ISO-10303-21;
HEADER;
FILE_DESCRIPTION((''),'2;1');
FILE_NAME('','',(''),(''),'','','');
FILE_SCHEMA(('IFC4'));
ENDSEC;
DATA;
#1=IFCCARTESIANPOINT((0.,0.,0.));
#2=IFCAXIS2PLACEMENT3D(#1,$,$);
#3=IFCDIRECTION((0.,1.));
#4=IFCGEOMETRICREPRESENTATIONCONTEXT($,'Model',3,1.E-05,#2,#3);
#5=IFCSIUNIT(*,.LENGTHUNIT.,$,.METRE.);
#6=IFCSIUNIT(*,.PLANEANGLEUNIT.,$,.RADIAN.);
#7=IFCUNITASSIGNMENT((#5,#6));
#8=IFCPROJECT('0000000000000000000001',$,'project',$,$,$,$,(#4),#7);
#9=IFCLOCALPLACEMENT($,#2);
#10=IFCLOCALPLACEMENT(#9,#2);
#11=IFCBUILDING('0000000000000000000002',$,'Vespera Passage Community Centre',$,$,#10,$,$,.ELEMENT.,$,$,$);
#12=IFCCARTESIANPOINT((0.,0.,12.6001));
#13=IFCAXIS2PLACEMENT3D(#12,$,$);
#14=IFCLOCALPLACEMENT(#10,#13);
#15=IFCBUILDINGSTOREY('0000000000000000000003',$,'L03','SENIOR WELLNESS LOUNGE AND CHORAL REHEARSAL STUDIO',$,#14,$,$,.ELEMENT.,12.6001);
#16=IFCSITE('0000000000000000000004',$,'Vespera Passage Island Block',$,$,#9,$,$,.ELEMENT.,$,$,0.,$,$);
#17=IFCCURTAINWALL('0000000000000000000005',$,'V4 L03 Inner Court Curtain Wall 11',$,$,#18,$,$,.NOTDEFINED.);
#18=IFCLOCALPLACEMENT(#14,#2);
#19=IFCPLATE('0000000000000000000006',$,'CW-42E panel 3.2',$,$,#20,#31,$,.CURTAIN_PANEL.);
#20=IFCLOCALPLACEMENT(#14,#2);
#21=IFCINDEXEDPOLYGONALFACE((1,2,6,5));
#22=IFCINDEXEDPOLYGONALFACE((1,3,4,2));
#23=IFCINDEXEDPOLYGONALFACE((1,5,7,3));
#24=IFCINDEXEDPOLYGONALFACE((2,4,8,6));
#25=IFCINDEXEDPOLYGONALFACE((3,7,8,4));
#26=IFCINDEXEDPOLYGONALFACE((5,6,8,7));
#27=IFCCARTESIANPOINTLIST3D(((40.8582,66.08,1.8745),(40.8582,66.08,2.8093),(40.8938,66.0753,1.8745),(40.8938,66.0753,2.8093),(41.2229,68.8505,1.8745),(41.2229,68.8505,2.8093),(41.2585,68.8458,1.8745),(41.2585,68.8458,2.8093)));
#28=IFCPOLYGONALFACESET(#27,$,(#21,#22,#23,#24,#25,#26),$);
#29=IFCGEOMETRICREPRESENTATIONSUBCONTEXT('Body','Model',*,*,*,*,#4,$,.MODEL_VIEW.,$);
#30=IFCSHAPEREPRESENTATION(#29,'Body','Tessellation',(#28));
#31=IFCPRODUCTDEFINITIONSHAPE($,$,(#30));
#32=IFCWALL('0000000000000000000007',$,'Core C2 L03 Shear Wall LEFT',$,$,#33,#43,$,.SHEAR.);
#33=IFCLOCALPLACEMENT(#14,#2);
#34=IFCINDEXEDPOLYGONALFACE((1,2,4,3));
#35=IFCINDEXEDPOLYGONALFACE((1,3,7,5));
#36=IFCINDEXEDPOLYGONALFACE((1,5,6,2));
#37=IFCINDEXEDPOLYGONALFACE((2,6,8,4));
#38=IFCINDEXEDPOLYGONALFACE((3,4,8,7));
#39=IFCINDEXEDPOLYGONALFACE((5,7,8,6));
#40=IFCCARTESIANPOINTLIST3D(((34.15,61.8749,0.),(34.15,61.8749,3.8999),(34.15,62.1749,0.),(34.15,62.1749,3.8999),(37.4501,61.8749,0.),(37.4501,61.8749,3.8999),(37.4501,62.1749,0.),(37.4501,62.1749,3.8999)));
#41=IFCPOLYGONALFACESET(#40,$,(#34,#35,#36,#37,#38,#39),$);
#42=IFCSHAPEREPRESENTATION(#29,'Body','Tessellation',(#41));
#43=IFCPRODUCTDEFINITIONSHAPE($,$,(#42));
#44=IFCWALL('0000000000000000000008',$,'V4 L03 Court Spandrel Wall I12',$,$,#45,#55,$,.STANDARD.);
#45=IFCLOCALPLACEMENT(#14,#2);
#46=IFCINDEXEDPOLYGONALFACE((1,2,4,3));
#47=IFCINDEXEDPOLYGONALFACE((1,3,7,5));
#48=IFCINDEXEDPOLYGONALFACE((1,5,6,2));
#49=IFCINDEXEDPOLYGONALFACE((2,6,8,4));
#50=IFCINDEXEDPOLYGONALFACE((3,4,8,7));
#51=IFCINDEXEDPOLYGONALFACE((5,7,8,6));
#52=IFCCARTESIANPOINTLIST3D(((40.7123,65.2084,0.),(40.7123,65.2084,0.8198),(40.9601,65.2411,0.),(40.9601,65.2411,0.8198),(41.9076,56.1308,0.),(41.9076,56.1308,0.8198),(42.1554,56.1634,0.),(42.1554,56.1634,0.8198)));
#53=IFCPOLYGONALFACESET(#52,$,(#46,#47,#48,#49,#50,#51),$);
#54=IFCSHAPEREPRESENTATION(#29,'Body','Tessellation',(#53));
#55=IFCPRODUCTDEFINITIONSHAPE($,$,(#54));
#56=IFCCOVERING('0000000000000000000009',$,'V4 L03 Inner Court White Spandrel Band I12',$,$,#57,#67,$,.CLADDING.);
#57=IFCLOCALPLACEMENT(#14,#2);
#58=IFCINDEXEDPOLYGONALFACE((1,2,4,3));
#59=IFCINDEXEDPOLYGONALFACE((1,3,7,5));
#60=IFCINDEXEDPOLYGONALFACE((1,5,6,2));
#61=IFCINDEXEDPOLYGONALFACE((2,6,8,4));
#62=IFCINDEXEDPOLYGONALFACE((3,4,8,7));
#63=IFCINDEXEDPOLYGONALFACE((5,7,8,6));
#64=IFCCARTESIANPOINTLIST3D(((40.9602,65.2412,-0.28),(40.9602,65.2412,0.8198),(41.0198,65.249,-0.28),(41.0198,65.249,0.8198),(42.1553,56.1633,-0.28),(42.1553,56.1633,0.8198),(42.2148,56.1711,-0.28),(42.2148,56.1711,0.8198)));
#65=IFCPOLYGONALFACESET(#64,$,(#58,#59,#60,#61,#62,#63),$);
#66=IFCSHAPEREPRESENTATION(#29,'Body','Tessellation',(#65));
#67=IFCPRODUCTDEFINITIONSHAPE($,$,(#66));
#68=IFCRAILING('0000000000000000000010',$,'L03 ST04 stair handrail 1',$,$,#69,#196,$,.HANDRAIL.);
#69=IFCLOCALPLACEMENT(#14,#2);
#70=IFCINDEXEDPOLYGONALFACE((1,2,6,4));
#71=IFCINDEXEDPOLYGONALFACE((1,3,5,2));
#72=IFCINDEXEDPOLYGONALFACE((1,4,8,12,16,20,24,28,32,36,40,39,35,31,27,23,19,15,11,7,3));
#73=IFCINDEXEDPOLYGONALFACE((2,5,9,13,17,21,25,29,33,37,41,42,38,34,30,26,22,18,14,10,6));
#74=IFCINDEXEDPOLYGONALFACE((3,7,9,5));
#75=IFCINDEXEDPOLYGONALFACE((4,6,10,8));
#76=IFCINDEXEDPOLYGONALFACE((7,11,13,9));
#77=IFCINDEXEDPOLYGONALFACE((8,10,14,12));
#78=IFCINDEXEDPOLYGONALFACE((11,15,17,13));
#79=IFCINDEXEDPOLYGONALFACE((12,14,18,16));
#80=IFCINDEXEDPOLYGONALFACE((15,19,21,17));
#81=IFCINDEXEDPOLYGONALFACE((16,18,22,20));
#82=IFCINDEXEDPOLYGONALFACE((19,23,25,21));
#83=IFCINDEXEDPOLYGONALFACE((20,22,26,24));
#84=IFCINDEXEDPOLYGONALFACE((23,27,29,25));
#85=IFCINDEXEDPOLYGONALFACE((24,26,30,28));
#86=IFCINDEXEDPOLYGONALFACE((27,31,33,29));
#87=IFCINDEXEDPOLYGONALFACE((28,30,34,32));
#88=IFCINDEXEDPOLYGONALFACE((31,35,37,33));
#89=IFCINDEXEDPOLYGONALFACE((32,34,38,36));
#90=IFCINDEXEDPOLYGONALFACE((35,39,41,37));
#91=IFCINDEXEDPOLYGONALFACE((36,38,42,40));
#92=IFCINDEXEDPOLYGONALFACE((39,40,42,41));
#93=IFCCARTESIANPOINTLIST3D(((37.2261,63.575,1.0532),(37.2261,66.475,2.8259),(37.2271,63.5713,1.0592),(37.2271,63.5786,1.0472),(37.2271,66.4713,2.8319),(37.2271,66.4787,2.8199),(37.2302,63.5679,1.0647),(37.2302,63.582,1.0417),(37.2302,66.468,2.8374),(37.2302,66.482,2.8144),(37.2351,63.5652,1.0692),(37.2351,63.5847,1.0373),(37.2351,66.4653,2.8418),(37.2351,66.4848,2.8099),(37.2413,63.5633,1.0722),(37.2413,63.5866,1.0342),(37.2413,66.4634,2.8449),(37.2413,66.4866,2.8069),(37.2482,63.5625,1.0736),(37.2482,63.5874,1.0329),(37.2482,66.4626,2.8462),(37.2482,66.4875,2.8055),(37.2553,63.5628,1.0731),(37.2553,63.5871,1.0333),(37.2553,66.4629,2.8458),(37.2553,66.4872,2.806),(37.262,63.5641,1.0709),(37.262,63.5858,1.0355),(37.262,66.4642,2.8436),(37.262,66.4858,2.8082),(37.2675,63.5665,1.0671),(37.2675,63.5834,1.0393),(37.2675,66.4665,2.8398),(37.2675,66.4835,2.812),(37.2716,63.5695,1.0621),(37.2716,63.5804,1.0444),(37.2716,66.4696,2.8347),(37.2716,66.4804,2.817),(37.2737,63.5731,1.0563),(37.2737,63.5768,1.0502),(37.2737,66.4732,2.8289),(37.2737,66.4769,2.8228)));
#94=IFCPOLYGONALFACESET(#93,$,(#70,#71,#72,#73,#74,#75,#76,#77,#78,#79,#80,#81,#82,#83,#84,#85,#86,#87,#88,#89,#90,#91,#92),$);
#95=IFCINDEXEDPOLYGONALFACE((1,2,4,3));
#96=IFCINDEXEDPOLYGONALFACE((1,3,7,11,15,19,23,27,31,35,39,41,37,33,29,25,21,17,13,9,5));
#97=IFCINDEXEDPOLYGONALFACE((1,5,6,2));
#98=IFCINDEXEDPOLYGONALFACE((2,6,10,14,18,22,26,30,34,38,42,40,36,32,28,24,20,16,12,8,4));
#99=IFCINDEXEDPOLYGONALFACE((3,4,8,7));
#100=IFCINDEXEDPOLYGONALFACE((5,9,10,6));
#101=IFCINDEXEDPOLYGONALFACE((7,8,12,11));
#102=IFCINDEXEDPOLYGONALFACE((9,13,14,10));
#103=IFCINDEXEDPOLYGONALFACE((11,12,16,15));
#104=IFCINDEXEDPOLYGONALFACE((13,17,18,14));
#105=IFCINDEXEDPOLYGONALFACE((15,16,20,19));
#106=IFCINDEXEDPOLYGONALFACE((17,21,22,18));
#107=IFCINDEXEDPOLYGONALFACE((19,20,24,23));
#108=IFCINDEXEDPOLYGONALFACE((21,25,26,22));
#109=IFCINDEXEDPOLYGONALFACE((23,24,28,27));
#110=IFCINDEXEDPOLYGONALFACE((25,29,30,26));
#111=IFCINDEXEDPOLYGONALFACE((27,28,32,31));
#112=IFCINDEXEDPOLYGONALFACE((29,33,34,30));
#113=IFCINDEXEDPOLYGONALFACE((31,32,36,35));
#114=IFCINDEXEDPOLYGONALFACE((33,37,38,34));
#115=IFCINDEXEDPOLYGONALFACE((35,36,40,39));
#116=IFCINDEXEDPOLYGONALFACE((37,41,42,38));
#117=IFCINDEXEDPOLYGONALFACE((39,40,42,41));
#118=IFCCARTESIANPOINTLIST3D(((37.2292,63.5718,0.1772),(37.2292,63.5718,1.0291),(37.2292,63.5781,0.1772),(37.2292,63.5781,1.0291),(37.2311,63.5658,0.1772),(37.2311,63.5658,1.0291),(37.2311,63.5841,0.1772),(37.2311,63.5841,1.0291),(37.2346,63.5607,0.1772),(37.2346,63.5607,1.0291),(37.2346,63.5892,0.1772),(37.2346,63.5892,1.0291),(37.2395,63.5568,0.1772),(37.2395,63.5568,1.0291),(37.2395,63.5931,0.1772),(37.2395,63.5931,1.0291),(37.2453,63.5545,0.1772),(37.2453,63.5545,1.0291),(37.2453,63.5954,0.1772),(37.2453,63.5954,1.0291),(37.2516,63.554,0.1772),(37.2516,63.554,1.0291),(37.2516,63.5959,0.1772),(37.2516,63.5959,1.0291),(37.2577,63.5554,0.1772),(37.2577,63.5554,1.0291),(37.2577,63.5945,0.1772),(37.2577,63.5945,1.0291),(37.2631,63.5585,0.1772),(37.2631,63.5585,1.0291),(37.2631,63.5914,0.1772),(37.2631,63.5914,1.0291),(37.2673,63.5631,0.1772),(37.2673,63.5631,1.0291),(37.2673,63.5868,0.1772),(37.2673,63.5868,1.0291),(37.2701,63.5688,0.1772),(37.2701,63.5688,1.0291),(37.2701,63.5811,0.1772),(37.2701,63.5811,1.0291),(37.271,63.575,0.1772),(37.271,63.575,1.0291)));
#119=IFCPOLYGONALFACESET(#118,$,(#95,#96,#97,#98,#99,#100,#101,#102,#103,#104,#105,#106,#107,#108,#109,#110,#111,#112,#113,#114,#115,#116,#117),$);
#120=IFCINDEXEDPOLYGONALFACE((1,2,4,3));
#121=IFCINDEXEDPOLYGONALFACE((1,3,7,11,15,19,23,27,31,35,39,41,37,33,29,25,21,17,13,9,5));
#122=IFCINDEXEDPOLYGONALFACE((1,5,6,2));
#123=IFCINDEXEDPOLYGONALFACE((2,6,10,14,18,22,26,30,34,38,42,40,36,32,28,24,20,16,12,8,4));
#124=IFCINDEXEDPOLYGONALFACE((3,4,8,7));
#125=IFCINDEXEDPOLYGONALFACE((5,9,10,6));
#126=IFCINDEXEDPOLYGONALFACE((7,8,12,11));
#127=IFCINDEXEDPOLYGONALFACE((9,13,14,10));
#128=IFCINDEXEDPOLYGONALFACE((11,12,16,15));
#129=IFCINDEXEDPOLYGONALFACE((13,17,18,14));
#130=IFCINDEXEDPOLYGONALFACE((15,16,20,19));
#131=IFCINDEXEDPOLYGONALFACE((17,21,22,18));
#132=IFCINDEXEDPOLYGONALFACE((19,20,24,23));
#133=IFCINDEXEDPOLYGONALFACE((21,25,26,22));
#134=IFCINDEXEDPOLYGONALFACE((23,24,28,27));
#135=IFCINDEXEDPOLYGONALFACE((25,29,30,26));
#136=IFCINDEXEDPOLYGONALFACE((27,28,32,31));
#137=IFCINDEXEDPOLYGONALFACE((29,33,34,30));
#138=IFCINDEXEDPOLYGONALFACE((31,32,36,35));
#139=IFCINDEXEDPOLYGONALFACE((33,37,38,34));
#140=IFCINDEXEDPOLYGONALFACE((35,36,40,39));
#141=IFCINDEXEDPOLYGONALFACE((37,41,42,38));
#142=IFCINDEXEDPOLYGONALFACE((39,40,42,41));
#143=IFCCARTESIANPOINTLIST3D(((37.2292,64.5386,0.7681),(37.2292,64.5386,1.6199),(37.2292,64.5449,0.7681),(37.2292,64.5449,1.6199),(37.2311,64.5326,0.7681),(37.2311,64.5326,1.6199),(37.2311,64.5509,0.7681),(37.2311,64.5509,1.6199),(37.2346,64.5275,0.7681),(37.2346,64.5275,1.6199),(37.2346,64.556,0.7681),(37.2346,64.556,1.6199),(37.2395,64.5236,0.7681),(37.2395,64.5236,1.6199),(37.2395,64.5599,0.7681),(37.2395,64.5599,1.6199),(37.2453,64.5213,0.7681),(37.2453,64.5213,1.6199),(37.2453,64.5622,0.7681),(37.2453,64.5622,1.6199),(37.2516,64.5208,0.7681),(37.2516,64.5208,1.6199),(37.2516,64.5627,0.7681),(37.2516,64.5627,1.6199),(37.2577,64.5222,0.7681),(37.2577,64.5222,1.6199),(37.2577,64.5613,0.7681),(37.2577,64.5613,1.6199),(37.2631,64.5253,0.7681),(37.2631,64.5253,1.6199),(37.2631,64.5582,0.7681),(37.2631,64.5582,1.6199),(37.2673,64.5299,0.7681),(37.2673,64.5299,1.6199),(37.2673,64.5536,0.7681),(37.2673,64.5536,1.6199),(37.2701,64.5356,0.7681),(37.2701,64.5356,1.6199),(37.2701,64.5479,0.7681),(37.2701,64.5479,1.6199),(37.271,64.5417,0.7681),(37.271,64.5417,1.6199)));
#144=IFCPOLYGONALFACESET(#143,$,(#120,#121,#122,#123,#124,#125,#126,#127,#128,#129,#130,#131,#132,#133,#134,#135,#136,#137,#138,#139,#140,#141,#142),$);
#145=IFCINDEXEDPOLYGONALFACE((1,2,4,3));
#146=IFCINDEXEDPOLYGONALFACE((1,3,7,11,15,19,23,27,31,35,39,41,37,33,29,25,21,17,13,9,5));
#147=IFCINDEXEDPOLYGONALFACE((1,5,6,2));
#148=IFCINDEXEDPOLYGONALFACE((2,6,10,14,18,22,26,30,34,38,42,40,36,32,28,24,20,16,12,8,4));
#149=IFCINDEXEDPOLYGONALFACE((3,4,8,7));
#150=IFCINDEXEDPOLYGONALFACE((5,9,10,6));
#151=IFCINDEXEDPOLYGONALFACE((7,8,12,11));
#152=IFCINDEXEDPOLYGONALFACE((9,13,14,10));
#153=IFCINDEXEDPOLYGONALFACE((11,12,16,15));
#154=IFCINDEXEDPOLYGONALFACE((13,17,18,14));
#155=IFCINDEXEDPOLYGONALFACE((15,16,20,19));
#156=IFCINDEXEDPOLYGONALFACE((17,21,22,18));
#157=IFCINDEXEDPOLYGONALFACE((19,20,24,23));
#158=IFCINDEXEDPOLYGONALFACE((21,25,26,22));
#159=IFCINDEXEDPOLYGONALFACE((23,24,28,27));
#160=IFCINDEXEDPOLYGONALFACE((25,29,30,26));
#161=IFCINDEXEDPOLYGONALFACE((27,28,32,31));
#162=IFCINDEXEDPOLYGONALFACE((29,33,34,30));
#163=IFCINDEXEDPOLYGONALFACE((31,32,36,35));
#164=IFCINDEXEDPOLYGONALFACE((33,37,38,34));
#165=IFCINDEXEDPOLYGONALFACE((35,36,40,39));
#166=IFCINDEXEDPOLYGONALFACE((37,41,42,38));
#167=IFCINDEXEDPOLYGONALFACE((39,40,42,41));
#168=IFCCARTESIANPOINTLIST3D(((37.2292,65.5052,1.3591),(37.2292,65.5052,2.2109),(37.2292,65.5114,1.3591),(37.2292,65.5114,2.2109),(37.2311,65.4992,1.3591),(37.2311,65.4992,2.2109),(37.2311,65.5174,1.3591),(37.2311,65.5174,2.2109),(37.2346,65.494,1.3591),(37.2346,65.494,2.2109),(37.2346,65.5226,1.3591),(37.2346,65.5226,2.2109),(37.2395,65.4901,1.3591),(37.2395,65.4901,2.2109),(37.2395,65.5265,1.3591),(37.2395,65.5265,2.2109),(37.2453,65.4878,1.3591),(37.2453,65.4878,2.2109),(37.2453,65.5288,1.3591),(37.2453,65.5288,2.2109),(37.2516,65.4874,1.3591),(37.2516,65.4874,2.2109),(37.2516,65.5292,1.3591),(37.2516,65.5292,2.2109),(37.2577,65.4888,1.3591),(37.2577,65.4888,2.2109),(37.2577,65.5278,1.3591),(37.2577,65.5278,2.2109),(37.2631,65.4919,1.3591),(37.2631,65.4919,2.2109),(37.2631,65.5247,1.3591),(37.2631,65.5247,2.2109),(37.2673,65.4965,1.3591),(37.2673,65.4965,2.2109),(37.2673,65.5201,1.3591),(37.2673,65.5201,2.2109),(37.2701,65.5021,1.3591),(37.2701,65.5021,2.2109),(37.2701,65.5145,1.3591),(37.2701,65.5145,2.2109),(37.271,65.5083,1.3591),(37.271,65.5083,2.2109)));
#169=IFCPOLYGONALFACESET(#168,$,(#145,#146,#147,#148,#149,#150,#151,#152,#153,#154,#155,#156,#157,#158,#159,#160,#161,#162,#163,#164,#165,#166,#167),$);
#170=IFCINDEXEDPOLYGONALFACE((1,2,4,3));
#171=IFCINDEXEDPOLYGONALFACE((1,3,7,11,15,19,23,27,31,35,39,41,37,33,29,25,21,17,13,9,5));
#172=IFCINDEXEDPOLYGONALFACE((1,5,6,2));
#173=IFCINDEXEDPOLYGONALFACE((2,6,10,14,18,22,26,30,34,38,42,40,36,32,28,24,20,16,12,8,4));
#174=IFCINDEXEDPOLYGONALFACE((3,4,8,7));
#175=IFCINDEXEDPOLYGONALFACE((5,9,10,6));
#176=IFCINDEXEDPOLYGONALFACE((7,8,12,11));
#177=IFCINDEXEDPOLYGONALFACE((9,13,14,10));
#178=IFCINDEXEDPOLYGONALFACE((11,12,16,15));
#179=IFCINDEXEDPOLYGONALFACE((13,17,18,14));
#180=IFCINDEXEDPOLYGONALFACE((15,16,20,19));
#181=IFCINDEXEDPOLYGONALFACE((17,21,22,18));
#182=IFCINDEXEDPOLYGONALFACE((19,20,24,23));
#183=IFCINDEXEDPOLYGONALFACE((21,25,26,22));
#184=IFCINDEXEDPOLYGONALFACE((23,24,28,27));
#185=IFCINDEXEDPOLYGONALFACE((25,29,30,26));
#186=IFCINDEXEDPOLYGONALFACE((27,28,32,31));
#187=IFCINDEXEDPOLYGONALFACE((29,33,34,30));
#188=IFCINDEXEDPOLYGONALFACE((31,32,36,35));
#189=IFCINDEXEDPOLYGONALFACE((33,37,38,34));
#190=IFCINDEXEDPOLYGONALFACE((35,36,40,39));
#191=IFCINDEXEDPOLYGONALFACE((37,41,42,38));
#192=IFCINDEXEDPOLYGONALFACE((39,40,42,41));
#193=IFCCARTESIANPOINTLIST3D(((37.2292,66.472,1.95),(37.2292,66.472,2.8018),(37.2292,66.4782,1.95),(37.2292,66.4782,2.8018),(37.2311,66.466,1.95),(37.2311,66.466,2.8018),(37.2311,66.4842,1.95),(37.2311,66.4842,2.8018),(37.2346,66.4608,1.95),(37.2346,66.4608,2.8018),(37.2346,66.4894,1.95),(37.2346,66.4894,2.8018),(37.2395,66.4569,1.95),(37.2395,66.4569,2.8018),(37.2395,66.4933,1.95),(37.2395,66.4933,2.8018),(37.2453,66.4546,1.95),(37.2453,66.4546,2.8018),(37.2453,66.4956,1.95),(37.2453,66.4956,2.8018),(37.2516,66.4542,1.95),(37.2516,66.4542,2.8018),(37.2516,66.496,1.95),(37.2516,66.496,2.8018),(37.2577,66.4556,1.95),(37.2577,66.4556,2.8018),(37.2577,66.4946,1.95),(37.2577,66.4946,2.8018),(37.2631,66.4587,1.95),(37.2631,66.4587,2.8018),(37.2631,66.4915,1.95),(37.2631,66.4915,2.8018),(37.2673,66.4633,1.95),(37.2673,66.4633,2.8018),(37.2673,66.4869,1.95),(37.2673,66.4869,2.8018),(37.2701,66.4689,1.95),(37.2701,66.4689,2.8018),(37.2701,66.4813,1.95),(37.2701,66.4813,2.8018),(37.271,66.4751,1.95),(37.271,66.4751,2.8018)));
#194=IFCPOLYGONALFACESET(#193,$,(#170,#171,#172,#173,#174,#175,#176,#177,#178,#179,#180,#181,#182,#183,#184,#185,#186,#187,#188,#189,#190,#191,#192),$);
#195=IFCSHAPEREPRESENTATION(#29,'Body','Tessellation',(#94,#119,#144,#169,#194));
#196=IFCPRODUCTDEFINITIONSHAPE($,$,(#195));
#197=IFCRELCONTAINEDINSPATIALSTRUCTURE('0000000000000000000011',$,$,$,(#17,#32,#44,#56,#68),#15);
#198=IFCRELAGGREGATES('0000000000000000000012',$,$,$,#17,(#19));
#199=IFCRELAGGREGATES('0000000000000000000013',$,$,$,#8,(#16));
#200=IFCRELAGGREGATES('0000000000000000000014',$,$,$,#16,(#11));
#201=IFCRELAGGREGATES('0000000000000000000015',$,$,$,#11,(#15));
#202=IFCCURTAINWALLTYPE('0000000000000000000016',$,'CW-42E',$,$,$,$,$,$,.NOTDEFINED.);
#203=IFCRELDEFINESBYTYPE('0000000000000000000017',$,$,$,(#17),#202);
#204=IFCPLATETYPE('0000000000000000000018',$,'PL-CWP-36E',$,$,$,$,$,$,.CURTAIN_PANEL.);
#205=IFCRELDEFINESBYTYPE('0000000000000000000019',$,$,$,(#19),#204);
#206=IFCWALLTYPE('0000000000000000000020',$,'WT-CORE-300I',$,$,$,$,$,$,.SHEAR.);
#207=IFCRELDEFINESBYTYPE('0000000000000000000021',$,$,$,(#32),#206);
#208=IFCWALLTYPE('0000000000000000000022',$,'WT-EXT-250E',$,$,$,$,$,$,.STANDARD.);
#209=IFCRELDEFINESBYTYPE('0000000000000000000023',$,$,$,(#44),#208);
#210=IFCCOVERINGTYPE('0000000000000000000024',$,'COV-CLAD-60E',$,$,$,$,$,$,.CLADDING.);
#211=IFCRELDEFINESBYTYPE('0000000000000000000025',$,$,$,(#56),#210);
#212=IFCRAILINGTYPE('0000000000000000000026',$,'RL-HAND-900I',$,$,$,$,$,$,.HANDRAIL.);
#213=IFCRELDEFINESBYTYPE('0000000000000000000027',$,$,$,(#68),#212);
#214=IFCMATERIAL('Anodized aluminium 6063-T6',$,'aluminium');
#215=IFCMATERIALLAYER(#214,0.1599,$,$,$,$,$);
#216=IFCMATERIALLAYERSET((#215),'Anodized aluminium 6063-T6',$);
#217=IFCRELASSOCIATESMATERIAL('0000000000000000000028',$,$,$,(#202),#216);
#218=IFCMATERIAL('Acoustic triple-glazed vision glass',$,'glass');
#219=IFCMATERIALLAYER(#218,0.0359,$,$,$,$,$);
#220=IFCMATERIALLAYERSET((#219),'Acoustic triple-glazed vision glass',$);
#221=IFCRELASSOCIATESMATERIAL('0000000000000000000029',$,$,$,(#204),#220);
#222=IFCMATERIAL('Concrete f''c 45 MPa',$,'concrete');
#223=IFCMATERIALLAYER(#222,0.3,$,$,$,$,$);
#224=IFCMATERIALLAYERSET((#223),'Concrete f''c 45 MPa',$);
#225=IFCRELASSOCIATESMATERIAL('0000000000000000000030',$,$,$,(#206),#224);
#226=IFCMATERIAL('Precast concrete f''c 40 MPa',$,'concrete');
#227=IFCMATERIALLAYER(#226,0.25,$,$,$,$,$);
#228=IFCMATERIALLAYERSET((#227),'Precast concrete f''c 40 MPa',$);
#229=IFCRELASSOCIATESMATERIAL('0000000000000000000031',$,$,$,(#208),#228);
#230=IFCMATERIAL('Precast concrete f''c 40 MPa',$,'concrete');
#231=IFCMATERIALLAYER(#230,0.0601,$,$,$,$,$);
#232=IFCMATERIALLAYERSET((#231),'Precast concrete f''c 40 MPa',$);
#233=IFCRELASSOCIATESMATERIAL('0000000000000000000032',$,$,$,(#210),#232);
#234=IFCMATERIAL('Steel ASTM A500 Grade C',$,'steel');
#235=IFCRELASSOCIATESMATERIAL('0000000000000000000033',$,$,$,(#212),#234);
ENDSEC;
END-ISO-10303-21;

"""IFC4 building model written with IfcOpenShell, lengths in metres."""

from ifc_helpers import new_model, si_unit, direction, frame, frame_2d, origin, origin_2d, place, context, subcontext, project, spatial, rectangle, circle, extrude, material, layer, layer_set, type_object, element, aggregate, save


model = new_model("IFC4")

# Units and contexts
model_context = context("Model", 3, precision=1e-05, world=origin(), true_north=direction((0.0, 1.0)))
body_context = subcontext(model_context, "Body", "Model", "MODEL_VIEW")
ifc_project = project(units=[si_unit("LENGTHUNIT", "METRE"), si_unit("PLANEANGLEUNIT", "RADIAN")], contexts=[model_context])

# Site, building, storey
site_placement = place(None, origin())
site = spatial("IfcSite", under=ifc_project, at=site_placement, Name="Vespera Passage Island Block", CompositionType="ELEMENT", RefElevation=0.0)
building_placement = place(site_placement, origin())
building = spatial("IfcBuilding", under=site, at=building_placement, Name="Vespera Passage Community Centre", CompositionType="ELEMENT")
storey_placement = place(building_placement, frame((0.0, 0.0, 12.6001)))
storey = spatial("IfcBuildingStorey", under=building, at=storey_placement, Name="L03", Description="SENIOR WELLNESS LOUNGE AND CHORAL REHEARSAL STUDIO", CompositionType="ELEMENT", Elevation=12.6001)

# Curtain wall
ifc_material_1 = material(Name="Anodized aluminium 6063-T6", Category="aluminium")
ifc_layer_1 = layer(ifc_material_1, 0.1599)
ifc_layer_set_1 = layer_set([ifc_layer_1], Name="Anodized aluminium 6063-T6")
curtain_wall_type_1 = type_object("IfcCurtainWallType", Name="CW-42E", PredefinedType="NOTDEFINED", material=ifc_layer_set_1)
curtain_wall_1_placement = place(storey_placement, origin())
curtain_wall_1 = element("IfcCurtainWall", 1, at=curtain_wall_1_placement, inside=storey, type_object=curtain_wall_type_1, Name="V4 L03 Inner Court Curtain Wall 11", PredefinedType="NOTDEFINED")

# Plate
ifc_material_2 = material(Name="Acoustic triple-glazed vision glass", Category="glass")
ifc_layer_2 = layer(ifc_material_2, 0.0359)
ifc_layer_set_2 = layer_set([ifc_layer_2], Name="Acoustic triple-glazed vision glass")
plate_type_1 = type_object("IfcPlateType", Name="PL-CWP-36E", PredefinedType="CURTAIN_PANEL", material=ifc_layer_set_2)
plate_1_placement = place(storey_placement, frame((41.0583, 67.4629, 1.8745), z_axis=(0.0, 0.0, 1.0), x_axis=(-0.130522, -0.991445, 0.0)))
plate_1 = element("IfcPlate", 2, at=plate_1_placement, type_object=plate_type_1, Name="CW-42E panel 3.2", PredefinedType="CURTAIN_PANEL", context=body_context, shape_type="SweptSolid", body=[
    extrude(rectangle(XDim=2.7944, YDim=0.0359, at=origin_2d()), origin(), (0.0, 0.0, 1.0), 0.9348),
])
aggregate(curtain_wall_1, [plate_1])

# Shared definitions
ifc_material_3 = material(Name="Concrete f'c 45 MPa", Category="concrete")
ifc_layer_3 = layer(ifc_material_3, 0.3)
ifc_layer_set_3 = layer_set([ifc_layer_3], Name="Concrete f'c 45 MPa")
wall_type_1 = type_object("IfcWallType", Name="WT-CORE-300I", PredefinedType="SHEAR", material=ifc_layer_set_3)

# Walls
wall_1_placement = place(storey_placement, frame((37.45, 62.0249, 0.0), z_axis=(0.0, 0.0, 1.0), x_axis=(-1.0, 0.0, 0.0)))
element("IfcWall", 3, at=wall_1_placement, inside=storey, type_object=wall_type_1, Name="Core C2 L03 Shear Wall LEFT", PredefinedType="SHEAR", context=body_context, shape_type="SweptSolid", body=[
    extrude(rectangle(XDim=3.3, YDim=0.3, at=frame_2d((1.6499, 0.0))), origin(), (0.0, 0.0, 1.0), 3.8999),
])
ifc_material_4 = material(Name="Precast concrete f'c 40 MPa", Category="concrete")
ifc_layer_4 = layer(ifc_material_4, 0.25)
ifc_layer_set_4 = layer_set([ifc_layer_4], Name="Precast concrete f'c 40 MPa")
wall_type_2 = type_object("IfcWallType", Name="WT-EXT-250E", PredefinedType="STANDARD", material=ifc_layer_set_4)
wall_2_placement = place(storey_placement, frame((40.8362, 65.2249, 0.0), z_axis=(0.0, 0.0, 1.0), x_axis=(0.13055, -0.991442, 0.0)))
element("IfcWall", 4, at=wall_2_placement, inside=storey, type_object=wall_type_2, Name="V4 L03 Court Spandrel Wall I12", PredefinedType="STANDARD", context=body_context, shape_type="SweptSolid", body=[
    extrude(rectangle(XDim=9.156, YDim=0.25, at=frame_2d((4.5781, 0.0))), origin(), (0.0, 0.0, 1.0), 0.8198),
])

# Covering
ifc_material_5 = material(Name="Precast concrete f'c 40 MPa", Category="concrete")
ifc_layer_5 = layer(ifc_material_5, 0.0601)
ifc_layer_set_5 = layer_set([ifc_layer_5], Name="Precast concrete f'c 40 MPa")
covering_type = type_object("IfcCoveringType", Name="COV-CLAD-60E", PredefinedType="CLADDING", material=ifc_layer_set_5)
covering_placement = place(storey_placement, frame((40.99, 65.2451, -0.28), z_axis=(0.0, 0.0, 1.0), x_axis=(0.13052, -0.991446, 0.0)))
element("IfcCovering", 5, at=covering_placement, inside=storey, type_object=covering_type, Name="V4 L03 Inner Court White Spandrel Band I12", PredefinedType="CLADDING", context=body_context, shape_type="SweptSolid", body=[
    extrude(rectangle(XDim=9.1562, YDim=0.0601, at=frame_2d((4.5781, 0.0))), origin(), (0.0, 0.0, 1.0), 1.0999),
])

# Railing
ifc_material_6 = material(Name="Steel ASTM A500 Grade C", Category="steel")
railing_type = type_object("IfcRailingType", Name="RL-HAND-900I", PredefinedType="HANDRAIL", material=ifc_material_6)
railing_placement = place(storey_placement, frame((37.25, 63.575, 0.1772)))
element("IfcRailing", 6, at=railing_placement, inside=storey, type_object=railing_type, Name="L03 ST04 stair handrail 1", PredefinedType="HANDRAIL", context=body_context, shape_type="SweptSolid", body=[
    extrude(circle(Radius=0.0239, at=origin_2d()), frame((0.0, 0.0, 0.876), z_axis=(0.0, 0.85323, 0.521534), x_axis=(-1.0, 0.0, 0.0)), (0.0, 0.0, 1.0), 3.3989),
    extrude(circle(Radius=0.021, at=origin_2d()), origin(), (0.0, 0.0, 1.0), 0.8518),
    extrude(circle(Radius=0.021, at=origin_2d()), frame((0.0, 0.9668, 0.5908)), (0.0, 0.0, 1.0), 0.8518),
    extrude(circle(Radius=0.021, at=origin_2d()), frame((0.0, 1.9333, 1.1819)), (0.0, 0.0, 1.0), 0.8518),
    extrude(circle(Radius=0.021, at=origin_2d()), frame((0.0, 2.9001, 1.7727)), (0.0, 0.0, 1.0), 0.8518),
])

save(model, "model.ifc")
